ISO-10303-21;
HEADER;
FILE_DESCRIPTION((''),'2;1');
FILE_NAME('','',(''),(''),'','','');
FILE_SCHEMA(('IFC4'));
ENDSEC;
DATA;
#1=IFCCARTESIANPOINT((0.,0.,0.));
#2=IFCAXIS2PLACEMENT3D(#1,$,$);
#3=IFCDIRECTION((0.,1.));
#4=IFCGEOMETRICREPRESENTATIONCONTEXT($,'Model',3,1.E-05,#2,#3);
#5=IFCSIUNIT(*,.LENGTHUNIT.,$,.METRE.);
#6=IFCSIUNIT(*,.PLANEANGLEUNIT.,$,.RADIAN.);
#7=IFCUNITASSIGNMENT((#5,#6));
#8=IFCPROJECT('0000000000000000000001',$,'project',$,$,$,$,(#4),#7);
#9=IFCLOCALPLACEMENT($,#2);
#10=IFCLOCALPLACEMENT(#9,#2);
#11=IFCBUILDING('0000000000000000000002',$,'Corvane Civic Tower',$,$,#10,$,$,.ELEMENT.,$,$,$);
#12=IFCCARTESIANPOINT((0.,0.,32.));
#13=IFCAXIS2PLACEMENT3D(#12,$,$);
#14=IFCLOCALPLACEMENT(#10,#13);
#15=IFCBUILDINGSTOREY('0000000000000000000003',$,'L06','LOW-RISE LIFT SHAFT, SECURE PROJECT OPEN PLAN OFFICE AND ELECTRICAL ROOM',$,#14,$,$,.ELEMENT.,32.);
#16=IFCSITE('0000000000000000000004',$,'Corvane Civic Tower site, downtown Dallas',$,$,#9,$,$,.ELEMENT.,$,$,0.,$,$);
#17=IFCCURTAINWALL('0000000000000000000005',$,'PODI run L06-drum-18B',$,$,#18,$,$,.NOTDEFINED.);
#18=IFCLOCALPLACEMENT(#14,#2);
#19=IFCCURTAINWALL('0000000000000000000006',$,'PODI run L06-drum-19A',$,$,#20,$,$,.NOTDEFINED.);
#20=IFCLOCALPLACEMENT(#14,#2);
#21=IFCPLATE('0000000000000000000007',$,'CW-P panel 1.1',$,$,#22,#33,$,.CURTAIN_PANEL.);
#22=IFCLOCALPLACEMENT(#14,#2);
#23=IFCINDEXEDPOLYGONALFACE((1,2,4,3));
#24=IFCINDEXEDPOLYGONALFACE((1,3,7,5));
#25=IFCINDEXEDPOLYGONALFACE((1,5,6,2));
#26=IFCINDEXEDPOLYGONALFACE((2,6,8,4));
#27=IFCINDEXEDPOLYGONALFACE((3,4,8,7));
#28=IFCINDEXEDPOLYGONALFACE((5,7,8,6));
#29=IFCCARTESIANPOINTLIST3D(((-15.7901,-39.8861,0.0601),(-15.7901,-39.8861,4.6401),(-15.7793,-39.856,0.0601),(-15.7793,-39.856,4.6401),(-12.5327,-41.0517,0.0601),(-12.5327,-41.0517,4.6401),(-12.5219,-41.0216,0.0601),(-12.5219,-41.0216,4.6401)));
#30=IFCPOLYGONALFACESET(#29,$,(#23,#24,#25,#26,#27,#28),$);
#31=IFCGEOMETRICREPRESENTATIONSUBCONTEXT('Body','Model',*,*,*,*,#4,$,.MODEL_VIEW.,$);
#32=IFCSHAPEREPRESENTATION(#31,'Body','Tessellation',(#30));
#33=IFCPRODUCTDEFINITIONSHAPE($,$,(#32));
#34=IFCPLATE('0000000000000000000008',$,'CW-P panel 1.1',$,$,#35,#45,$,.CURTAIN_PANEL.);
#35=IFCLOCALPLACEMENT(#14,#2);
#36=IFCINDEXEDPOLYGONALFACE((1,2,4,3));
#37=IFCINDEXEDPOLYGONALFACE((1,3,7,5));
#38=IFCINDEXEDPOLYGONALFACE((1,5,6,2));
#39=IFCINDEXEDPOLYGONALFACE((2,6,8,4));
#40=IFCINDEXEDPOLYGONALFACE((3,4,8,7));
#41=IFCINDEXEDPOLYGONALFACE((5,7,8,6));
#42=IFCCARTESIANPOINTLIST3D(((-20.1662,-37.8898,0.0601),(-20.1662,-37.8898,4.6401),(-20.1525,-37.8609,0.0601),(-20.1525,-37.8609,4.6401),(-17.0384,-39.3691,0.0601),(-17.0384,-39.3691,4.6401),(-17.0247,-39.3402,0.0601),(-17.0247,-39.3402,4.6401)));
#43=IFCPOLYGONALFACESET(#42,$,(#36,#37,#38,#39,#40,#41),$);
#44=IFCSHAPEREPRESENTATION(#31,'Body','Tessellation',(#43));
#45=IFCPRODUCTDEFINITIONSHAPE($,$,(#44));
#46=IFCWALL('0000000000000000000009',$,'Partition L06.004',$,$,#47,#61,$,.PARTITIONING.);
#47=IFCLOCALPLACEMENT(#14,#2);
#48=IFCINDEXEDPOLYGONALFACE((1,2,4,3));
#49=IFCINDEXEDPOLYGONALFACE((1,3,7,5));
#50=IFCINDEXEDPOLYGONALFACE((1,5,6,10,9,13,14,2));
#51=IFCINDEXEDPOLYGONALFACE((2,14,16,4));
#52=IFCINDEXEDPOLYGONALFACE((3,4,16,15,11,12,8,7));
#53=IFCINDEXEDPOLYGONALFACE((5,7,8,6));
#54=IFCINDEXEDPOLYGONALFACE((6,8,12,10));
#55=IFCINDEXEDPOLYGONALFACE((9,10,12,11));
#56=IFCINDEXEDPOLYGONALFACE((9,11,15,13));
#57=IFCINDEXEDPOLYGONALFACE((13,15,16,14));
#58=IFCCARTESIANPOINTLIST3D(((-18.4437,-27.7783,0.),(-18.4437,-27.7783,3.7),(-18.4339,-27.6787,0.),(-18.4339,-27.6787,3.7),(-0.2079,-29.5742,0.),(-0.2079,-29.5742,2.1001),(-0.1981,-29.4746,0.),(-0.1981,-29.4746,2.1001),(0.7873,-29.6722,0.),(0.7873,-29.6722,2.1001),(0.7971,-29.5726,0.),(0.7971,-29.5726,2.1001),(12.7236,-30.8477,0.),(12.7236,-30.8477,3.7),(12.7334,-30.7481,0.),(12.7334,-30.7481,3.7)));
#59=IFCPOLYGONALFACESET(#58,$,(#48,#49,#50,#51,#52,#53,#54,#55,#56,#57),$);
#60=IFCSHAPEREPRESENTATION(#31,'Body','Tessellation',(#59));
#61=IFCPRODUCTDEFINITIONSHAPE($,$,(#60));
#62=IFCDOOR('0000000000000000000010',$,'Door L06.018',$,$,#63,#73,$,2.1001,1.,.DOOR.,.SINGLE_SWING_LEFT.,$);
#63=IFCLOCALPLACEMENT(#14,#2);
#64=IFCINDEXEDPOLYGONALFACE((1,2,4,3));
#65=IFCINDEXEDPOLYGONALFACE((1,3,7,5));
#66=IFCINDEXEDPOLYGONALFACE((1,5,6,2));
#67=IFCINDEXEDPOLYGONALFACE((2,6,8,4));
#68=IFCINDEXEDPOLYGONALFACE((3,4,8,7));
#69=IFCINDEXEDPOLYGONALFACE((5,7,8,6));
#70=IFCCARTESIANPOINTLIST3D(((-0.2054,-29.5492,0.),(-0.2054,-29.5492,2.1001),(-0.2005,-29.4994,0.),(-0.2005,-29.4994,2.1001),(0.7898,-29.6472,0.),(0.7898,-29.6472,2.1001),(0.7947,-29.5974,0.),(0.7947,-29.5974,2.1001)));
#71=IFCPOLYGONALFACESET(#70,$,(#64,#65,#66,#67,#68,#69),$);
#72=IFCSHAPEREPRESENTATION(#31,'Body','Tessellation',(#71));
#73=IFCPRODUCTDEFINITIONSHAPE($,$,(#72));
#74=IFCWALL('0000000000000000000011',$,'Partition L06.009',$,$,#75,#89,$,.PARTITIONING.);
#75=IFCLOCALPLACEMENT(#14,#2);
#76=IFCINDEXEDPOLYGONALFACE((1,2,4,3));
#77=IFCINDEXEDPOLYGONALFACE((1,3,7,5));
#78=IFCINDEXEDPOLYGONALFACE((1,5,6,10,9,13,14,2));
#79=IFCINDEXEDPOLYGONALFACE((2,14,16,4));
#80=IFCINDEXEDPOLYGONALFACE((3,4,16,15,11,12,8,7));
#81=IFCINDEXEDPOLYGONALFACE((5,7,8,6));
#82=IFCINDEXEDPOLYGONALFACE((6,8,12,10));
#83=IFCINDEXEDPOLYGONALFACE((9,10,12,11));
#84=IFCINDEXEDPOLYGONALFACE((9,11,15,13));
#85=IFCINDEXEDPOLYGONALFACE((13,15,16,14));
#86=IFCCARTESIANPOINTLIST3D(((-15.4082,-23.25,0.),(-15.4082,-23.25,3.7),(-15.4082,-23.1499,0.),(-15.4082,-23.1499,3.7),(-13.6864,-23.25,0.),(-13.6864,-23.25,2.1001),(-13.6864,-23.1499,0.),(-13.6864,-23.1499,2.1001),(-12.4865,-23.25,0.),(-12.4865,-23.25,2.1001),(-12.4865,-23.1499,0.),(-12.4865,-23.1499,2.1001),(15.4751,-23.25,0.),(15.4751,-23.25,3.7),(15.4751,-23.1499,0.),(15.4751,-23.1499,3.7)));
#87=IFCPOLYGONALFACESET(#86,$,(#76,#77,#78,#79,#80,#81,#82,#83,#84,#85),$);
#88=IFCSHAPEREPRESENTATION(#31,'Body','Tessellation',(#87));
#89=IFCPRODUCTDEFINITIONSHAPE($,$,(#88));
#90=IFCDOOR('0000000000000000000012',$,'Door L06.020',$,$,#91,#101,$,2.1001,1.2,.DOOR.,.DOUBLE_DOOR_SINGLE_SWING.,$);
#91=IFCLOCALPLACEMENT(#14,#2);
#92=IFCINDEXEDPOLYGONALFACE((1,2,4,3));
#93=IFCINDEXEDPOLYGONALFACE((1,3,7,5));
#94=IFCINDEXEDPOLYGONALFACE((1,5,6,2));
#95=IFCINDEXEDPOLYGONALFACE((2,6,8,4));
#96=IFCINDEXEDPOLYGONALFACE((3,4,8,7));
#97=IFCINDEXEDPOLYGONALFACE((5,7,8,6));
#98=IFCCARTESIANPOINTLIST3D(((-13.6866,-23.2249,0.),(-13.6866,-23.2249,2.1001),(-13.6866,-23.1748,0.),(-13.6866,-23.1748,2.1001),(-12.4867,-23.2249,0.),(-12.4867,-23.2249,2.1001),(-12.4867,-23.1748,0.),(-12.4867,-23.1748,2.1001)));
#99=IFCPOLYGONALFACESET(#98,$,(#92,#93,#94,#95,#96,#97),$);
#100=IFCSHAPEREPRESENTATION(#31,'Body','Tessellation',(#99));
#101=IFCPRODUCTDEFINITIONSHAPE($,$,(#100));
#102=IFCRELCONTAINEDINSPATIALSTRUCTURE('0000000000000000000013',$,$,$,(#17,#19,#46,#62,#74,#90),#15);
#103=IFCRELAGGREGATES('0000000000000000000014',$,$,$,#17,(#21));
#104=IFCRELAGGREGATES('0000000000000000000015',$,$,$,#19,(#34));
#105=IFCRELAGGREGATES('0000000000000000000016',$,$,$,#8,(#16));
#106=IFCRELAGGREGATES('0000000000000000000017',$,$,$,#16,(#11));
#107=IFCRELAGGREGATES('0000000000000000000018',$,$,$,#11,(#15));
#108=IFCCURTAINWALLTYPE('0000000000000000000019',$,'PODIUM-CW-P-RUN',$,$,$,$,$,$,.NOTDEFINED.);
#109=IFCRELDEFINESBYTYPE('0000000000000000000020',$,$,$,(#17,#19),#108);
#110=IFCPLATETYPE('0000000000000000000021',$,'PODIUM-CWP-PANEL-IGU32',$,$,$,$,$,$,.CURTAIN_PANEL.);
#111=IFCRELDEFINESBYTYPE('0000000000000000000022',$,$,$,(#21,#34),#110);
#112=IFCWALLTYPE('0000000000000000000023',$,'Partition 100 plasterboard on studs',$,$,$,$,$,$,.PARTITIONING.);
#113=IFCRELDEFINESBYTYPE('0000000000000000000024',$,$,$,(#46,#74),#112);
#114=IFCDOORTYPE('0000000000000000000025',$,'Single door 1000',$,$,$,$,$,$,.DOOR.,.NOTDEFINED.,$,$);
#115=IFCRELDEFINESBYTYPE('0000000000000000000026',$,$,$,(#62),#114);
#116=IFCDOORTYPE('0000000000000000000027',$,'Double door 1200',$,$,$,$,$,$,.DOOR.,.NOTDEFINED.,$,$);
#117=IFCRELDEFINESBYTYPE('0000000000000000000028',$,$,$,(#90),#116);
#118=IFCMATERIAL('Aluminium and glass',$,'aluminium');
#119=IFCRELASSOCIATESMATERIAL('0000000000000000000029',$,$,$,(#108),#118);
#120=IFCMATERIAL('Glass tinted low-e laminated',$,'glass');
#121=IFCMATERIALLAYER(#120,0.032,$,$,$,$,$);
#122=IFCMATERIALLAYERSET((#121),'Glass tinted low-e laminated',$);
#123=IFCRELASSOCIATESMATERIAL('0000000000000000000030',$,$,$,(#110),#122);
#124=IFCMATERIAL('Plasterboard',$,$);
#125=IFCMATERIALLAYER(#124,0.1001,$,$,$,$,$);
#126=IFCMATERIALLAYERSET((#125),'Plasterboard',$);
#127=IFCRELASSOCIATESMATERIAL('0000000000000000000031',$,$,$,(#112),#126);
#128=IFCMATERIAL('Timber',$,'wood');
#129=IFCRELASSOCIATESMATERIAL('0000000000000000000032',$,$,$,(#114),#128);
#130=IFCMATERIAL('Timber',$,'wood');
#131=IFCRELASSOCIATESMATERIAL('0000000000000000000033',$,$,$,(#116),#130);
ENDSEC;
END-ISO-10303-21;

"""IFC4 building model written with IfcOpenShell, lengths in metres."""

from ifc_helpers import new_model, si_unit, direction, frame, frame_2d, origin, origin_2d, place, context, subcontext, project, spatial, rectangle, extrude, material, layer, layer_set, type_object, element, fill, aggregate, save


model = new_model("IFC4")

# Units and contexts
model_context = context("Model", 3, precision=1e-05, world=origin(), true_north=direction((0.0, 1.0)))
body_context = subcontext(model_context, "Body", "Model", "MODEL_VIEW")
ifc_project = project(units=[si_unit("LENGTHUNIT", "METRE"), si_unit("PLANEANGLEUNIT", "RADIAN")], contexts=[model_context])

# Site, building, storey
site_placement = place(None, origin())
site = spatial("IfcSite", under=ifc_project, at=site_placement, Name="Corvane Civic Tower site, downtown Dallas", CompositionType="ELEMENT", RefElevation=0.0)
building_placement = place(site_placement, origin())
building = spatial("IfcBuilding", under=site, at=building_placement, Name="Corvane Civic Tower", CompositionType="ELEMENT")
storey_placement = place(building_placement, frame((0.0, 0.0, 32.0)))
storey = spatial("IfcBuildingStorey", under=building, at=storey_placement, Name="L06", Description="LOW-RISE LIFT SHAFT, SECURE PROJECT OPEN PLAN OFFICE AND ELECTRICAL ROOM", CompositionType="ELEMENT", Elevation=32.0)

# Curtain wall
ifc_material_1 = material(Name="Aluminium and glass", Category="aluminium")
curtain_wall_type = type_object("IfcCurtainWallType", Name="PODIUM-CW-P-RUN", PredefinedType="NOTDEFINED", material=ifc_material_1)
curtain_wall_1_placement = place(storey_placement, origin())
curtain_wall_1 = element("IfcCurtainWall", 1, at=curtain_wall_1_placement, inside=storey, type_object=curtain_wall_type, Name="PODI run L06-drum-18B", PredefinedType="NOTDEFINED")

# Curtain wall
curtain_wall_2_placement = place(storey_placement, origin())
curtain_wall_2 = element("IfcCurtainWall", 2, at=curtain_wall_2_placement, inside=storey, type_object=curtain_wall_type, Name="PODI run L06-drum-19A", PredefinedType="NOTDEFINED")

# Plates
ifc_material_2 = material(Name="Glass tinted low-e laminated", Category="glass")
ifc_layer_1 = layer(ifc_material_2, 0.032)
ifc_layer_set_1 = layer_set([ifc_layer_1], Name="Glass tinted low-e laminated")
plate_type = type_object("IfcPlateType", Name="PODIUM-CWP-PANEL-IGU32", PredefinedType="CURTAIN_PANEL", material=ifc_layer_set_1)
plate_1_placement = place(storey_placement, frame((-14.156, -40.4539, 0.0601), z_axis=(0.0, 0.0, 1.0), x_axis=(-0.941534, 0.336919, 0.0)))
plate_1 = element("IfcPlate", 3, at=plate_1_placement, type_object=plate_type, Name="CW-P panel 1.1", PredefinedType="CURTAIN_PANEL", context=body_context, shape_type="SweptSolid", body=[
    extrude(rectangle(XDim=3.4597, YDim=0.032, at=origin_2d()), origin(), (0.0, 0.0, 1.0), 4.5801),
])
aggregate(curtain_wall_1, [plate_1])
plate_2_placement = place(storey_placement, frame((-18.5955, -38.615, 0.0601), z_axis=(0.0, 0.0, 1.0), x_axis=(-0.90399, 0.427553, 0.0)))
plate_2 = element("IfcPlate", 4, at=plate_2_placement, type_object=plate_type, Name="CW-P panel 1.1", PredefinedType="CURTAIN_PANEL", context=body_context, shape_type="SweptSolid", body=[
    extrude(rectangle(XDim=3.46, YDim=0.032, at=origin_2d()), origin(), (0.0, 0.0, 1.0), 4.5801),
])
aggregate(curtain_wall_2, [plate_2])

# Walls, openings, doors
ifc_material_3 = material(Name="Plasterboard")
ifc_layer_2 = layer(ifc_material_3, 0.1001)
ifc_layer_set_2 = layer_set([ifc_layer_2], Name="Plasterboard")
wall_type = type_object("IfcWallType", Name="Partition 100 plasterboard on studs", PredefinedType="PARTITIONING", material=ifc_layer_set_2)
wall_1_placement = place(storey_placement, frame((-18.439, -27.7285, 0.0), z_axis=(0.0, 0.0, 1.0), x_axis=(0.995186, -0.098005, 0.0)))
wall_1 = element("IfcWall", 5, at=wall_1_placement, inside=storey, type_object=wall_type, Name="Partition L06.004", PredefinedType="PARTITIONING", context=body_context, shape_type="SweptSolid", body=[
    extrude(rectangle(XDim=31.3181, YDim=0.1001, at=frame_2d((15.6592, 0.0))), origin(), (0.0, 0.0, 1.0), 3.7),
])
opening_1_placement = place(wall_1_placement, frame((18.3242, 0.0, 0.0)))
opening_1 = element("IfcOpeningElement", 6, at=opening_1_placement, cuts=wall_1, PredefinedType="OPENING", context=body_context, shape_type="SweptSolid", body=[
    extrude(rectangle(XDim=1.0, YDim=2.1001, at=frame_2d((0.5, 1.05))), frame((0.0, 0.0601, 0.0), z_axis=(0.0, -1.0, 0.0), x_axis=(1.0, 0.0, 0.0)), (0.0, 0.0, 1.0), 0.1201),
])
ifc_material_4 = material(Name="Timber", Category="wood")
door_type_1 = type_object("IfcDoorType", Name="Single door 1000", OperationType="NOTDEFINED", PredefinedType="DOOR", material=ifc_material_4)
door_1_placement = place(opening_1_placement, frame((1.0, 0.0, 0.0), z_axis=(0.0, 0.0, 1.0), x_axis=(-1.0, 0.0, 0.0)))
door_1 = element("IfcDoor", 7, at=door_1_placement, inside=storey, type_object=door_type_1, Name="Door L06.018", OperationType="SINGLE_SWING_LEFT", OverallHeight=2.1001, OverallWidth=1.0, PredefinedType="DOOR", context=body_context, shape_type="SweptSolid", body=[
    extrude(rectangle(XDim=1.0, YDim=2.1001, at=frame_2d((0.5, 1.05))), frame((0.0, 0.0249, 0.0), z_axis=(0.0, -1.0, 0.0), x_axis=(1.0, 0.0, 0.0)), (0.0, 0.0, 1.0), 0.05),
])
fill(opening_1, door_1)
wall_2_placement = place(storey_placement, frame((-15.4082, -23.2, 0.0), z_axis=(0.0, 0.0, 1.0), x_axis=(1.0, 0.0, 0.0)))
wall_2 = element("IfcWall", 8, at=wall_2_placement, inside=storey, type_object=wall_type, Name="Partition L06.009", PredefinedType="PARTITIONING", context=body_context, shape_type="SweptSolid", body=[
    extrude(rectangle(XDim=30.8833, YDim=0.1001, at=frame_2d((15.4417, 0.0))), origin(), (0.0, 0.0, 1.0), 3.7),
])
opening_2_placement = place(wall_2_placement, frame((1.7217, 0.0, 0.0)))
opening_2 = element("IfcOpeningElement", 9, at=opening_2_placement, cuts=wall_2, PredefinedType="OPENING", context=body_context, shape_type="SweptSolid", body=[
    extrude(rectangle(XDim=1.2, YDim=2.1001, at=frame_2d((0.6001, 1.05))), frame((0.0, 0.0601, 0.0), z_axis=(0.0, -1.0, 0.0), x_axis=(1.0, 0.0, 0.0)), (0.0, 0.0, 1.0), 0.1201),
])
ifc_material_5 = material(Name="Timber", Category="wood")
door_type_2 = type_object("IfcDoorType", Name="Double door 1200", OperationType="NOTDEFINED", PredefinedType="DOOR", material=ifc_material_5)
door_2_placement = place(opening_2_placement, frame((1.2, 0.0, 0.0), z_axis=(0.0, 0.0, 1.0), x_axis=(-1.0, 0.0, 0.0)))
door_2 = element("IfcDoor", 10, at=door_2_placement, inside=storey, type_object=door_type_2, Name="Door L06.020", OperationType="DOUBLE_DOOR_SINGLE_SWING", OverallHeight=2.1001, OverallWidth=1.2, PredefinedType="DOOR", context=body_context, shape_type="SweptSolid", body=[
    extrude(rectangle(XDim=1.2, YDim=2.1001, at=frame_2d((0.6001, 1.05))), frame((0.0, 0.0249, 0.0), z_axis=(0.0, -1.0, 0.0), x_axis=(1.0, 0.0, 0.0)), (0.0, 0.0, 1.0), 0.05),
])
fill(opening_2, door_2)

save(model, "model.ifc")
